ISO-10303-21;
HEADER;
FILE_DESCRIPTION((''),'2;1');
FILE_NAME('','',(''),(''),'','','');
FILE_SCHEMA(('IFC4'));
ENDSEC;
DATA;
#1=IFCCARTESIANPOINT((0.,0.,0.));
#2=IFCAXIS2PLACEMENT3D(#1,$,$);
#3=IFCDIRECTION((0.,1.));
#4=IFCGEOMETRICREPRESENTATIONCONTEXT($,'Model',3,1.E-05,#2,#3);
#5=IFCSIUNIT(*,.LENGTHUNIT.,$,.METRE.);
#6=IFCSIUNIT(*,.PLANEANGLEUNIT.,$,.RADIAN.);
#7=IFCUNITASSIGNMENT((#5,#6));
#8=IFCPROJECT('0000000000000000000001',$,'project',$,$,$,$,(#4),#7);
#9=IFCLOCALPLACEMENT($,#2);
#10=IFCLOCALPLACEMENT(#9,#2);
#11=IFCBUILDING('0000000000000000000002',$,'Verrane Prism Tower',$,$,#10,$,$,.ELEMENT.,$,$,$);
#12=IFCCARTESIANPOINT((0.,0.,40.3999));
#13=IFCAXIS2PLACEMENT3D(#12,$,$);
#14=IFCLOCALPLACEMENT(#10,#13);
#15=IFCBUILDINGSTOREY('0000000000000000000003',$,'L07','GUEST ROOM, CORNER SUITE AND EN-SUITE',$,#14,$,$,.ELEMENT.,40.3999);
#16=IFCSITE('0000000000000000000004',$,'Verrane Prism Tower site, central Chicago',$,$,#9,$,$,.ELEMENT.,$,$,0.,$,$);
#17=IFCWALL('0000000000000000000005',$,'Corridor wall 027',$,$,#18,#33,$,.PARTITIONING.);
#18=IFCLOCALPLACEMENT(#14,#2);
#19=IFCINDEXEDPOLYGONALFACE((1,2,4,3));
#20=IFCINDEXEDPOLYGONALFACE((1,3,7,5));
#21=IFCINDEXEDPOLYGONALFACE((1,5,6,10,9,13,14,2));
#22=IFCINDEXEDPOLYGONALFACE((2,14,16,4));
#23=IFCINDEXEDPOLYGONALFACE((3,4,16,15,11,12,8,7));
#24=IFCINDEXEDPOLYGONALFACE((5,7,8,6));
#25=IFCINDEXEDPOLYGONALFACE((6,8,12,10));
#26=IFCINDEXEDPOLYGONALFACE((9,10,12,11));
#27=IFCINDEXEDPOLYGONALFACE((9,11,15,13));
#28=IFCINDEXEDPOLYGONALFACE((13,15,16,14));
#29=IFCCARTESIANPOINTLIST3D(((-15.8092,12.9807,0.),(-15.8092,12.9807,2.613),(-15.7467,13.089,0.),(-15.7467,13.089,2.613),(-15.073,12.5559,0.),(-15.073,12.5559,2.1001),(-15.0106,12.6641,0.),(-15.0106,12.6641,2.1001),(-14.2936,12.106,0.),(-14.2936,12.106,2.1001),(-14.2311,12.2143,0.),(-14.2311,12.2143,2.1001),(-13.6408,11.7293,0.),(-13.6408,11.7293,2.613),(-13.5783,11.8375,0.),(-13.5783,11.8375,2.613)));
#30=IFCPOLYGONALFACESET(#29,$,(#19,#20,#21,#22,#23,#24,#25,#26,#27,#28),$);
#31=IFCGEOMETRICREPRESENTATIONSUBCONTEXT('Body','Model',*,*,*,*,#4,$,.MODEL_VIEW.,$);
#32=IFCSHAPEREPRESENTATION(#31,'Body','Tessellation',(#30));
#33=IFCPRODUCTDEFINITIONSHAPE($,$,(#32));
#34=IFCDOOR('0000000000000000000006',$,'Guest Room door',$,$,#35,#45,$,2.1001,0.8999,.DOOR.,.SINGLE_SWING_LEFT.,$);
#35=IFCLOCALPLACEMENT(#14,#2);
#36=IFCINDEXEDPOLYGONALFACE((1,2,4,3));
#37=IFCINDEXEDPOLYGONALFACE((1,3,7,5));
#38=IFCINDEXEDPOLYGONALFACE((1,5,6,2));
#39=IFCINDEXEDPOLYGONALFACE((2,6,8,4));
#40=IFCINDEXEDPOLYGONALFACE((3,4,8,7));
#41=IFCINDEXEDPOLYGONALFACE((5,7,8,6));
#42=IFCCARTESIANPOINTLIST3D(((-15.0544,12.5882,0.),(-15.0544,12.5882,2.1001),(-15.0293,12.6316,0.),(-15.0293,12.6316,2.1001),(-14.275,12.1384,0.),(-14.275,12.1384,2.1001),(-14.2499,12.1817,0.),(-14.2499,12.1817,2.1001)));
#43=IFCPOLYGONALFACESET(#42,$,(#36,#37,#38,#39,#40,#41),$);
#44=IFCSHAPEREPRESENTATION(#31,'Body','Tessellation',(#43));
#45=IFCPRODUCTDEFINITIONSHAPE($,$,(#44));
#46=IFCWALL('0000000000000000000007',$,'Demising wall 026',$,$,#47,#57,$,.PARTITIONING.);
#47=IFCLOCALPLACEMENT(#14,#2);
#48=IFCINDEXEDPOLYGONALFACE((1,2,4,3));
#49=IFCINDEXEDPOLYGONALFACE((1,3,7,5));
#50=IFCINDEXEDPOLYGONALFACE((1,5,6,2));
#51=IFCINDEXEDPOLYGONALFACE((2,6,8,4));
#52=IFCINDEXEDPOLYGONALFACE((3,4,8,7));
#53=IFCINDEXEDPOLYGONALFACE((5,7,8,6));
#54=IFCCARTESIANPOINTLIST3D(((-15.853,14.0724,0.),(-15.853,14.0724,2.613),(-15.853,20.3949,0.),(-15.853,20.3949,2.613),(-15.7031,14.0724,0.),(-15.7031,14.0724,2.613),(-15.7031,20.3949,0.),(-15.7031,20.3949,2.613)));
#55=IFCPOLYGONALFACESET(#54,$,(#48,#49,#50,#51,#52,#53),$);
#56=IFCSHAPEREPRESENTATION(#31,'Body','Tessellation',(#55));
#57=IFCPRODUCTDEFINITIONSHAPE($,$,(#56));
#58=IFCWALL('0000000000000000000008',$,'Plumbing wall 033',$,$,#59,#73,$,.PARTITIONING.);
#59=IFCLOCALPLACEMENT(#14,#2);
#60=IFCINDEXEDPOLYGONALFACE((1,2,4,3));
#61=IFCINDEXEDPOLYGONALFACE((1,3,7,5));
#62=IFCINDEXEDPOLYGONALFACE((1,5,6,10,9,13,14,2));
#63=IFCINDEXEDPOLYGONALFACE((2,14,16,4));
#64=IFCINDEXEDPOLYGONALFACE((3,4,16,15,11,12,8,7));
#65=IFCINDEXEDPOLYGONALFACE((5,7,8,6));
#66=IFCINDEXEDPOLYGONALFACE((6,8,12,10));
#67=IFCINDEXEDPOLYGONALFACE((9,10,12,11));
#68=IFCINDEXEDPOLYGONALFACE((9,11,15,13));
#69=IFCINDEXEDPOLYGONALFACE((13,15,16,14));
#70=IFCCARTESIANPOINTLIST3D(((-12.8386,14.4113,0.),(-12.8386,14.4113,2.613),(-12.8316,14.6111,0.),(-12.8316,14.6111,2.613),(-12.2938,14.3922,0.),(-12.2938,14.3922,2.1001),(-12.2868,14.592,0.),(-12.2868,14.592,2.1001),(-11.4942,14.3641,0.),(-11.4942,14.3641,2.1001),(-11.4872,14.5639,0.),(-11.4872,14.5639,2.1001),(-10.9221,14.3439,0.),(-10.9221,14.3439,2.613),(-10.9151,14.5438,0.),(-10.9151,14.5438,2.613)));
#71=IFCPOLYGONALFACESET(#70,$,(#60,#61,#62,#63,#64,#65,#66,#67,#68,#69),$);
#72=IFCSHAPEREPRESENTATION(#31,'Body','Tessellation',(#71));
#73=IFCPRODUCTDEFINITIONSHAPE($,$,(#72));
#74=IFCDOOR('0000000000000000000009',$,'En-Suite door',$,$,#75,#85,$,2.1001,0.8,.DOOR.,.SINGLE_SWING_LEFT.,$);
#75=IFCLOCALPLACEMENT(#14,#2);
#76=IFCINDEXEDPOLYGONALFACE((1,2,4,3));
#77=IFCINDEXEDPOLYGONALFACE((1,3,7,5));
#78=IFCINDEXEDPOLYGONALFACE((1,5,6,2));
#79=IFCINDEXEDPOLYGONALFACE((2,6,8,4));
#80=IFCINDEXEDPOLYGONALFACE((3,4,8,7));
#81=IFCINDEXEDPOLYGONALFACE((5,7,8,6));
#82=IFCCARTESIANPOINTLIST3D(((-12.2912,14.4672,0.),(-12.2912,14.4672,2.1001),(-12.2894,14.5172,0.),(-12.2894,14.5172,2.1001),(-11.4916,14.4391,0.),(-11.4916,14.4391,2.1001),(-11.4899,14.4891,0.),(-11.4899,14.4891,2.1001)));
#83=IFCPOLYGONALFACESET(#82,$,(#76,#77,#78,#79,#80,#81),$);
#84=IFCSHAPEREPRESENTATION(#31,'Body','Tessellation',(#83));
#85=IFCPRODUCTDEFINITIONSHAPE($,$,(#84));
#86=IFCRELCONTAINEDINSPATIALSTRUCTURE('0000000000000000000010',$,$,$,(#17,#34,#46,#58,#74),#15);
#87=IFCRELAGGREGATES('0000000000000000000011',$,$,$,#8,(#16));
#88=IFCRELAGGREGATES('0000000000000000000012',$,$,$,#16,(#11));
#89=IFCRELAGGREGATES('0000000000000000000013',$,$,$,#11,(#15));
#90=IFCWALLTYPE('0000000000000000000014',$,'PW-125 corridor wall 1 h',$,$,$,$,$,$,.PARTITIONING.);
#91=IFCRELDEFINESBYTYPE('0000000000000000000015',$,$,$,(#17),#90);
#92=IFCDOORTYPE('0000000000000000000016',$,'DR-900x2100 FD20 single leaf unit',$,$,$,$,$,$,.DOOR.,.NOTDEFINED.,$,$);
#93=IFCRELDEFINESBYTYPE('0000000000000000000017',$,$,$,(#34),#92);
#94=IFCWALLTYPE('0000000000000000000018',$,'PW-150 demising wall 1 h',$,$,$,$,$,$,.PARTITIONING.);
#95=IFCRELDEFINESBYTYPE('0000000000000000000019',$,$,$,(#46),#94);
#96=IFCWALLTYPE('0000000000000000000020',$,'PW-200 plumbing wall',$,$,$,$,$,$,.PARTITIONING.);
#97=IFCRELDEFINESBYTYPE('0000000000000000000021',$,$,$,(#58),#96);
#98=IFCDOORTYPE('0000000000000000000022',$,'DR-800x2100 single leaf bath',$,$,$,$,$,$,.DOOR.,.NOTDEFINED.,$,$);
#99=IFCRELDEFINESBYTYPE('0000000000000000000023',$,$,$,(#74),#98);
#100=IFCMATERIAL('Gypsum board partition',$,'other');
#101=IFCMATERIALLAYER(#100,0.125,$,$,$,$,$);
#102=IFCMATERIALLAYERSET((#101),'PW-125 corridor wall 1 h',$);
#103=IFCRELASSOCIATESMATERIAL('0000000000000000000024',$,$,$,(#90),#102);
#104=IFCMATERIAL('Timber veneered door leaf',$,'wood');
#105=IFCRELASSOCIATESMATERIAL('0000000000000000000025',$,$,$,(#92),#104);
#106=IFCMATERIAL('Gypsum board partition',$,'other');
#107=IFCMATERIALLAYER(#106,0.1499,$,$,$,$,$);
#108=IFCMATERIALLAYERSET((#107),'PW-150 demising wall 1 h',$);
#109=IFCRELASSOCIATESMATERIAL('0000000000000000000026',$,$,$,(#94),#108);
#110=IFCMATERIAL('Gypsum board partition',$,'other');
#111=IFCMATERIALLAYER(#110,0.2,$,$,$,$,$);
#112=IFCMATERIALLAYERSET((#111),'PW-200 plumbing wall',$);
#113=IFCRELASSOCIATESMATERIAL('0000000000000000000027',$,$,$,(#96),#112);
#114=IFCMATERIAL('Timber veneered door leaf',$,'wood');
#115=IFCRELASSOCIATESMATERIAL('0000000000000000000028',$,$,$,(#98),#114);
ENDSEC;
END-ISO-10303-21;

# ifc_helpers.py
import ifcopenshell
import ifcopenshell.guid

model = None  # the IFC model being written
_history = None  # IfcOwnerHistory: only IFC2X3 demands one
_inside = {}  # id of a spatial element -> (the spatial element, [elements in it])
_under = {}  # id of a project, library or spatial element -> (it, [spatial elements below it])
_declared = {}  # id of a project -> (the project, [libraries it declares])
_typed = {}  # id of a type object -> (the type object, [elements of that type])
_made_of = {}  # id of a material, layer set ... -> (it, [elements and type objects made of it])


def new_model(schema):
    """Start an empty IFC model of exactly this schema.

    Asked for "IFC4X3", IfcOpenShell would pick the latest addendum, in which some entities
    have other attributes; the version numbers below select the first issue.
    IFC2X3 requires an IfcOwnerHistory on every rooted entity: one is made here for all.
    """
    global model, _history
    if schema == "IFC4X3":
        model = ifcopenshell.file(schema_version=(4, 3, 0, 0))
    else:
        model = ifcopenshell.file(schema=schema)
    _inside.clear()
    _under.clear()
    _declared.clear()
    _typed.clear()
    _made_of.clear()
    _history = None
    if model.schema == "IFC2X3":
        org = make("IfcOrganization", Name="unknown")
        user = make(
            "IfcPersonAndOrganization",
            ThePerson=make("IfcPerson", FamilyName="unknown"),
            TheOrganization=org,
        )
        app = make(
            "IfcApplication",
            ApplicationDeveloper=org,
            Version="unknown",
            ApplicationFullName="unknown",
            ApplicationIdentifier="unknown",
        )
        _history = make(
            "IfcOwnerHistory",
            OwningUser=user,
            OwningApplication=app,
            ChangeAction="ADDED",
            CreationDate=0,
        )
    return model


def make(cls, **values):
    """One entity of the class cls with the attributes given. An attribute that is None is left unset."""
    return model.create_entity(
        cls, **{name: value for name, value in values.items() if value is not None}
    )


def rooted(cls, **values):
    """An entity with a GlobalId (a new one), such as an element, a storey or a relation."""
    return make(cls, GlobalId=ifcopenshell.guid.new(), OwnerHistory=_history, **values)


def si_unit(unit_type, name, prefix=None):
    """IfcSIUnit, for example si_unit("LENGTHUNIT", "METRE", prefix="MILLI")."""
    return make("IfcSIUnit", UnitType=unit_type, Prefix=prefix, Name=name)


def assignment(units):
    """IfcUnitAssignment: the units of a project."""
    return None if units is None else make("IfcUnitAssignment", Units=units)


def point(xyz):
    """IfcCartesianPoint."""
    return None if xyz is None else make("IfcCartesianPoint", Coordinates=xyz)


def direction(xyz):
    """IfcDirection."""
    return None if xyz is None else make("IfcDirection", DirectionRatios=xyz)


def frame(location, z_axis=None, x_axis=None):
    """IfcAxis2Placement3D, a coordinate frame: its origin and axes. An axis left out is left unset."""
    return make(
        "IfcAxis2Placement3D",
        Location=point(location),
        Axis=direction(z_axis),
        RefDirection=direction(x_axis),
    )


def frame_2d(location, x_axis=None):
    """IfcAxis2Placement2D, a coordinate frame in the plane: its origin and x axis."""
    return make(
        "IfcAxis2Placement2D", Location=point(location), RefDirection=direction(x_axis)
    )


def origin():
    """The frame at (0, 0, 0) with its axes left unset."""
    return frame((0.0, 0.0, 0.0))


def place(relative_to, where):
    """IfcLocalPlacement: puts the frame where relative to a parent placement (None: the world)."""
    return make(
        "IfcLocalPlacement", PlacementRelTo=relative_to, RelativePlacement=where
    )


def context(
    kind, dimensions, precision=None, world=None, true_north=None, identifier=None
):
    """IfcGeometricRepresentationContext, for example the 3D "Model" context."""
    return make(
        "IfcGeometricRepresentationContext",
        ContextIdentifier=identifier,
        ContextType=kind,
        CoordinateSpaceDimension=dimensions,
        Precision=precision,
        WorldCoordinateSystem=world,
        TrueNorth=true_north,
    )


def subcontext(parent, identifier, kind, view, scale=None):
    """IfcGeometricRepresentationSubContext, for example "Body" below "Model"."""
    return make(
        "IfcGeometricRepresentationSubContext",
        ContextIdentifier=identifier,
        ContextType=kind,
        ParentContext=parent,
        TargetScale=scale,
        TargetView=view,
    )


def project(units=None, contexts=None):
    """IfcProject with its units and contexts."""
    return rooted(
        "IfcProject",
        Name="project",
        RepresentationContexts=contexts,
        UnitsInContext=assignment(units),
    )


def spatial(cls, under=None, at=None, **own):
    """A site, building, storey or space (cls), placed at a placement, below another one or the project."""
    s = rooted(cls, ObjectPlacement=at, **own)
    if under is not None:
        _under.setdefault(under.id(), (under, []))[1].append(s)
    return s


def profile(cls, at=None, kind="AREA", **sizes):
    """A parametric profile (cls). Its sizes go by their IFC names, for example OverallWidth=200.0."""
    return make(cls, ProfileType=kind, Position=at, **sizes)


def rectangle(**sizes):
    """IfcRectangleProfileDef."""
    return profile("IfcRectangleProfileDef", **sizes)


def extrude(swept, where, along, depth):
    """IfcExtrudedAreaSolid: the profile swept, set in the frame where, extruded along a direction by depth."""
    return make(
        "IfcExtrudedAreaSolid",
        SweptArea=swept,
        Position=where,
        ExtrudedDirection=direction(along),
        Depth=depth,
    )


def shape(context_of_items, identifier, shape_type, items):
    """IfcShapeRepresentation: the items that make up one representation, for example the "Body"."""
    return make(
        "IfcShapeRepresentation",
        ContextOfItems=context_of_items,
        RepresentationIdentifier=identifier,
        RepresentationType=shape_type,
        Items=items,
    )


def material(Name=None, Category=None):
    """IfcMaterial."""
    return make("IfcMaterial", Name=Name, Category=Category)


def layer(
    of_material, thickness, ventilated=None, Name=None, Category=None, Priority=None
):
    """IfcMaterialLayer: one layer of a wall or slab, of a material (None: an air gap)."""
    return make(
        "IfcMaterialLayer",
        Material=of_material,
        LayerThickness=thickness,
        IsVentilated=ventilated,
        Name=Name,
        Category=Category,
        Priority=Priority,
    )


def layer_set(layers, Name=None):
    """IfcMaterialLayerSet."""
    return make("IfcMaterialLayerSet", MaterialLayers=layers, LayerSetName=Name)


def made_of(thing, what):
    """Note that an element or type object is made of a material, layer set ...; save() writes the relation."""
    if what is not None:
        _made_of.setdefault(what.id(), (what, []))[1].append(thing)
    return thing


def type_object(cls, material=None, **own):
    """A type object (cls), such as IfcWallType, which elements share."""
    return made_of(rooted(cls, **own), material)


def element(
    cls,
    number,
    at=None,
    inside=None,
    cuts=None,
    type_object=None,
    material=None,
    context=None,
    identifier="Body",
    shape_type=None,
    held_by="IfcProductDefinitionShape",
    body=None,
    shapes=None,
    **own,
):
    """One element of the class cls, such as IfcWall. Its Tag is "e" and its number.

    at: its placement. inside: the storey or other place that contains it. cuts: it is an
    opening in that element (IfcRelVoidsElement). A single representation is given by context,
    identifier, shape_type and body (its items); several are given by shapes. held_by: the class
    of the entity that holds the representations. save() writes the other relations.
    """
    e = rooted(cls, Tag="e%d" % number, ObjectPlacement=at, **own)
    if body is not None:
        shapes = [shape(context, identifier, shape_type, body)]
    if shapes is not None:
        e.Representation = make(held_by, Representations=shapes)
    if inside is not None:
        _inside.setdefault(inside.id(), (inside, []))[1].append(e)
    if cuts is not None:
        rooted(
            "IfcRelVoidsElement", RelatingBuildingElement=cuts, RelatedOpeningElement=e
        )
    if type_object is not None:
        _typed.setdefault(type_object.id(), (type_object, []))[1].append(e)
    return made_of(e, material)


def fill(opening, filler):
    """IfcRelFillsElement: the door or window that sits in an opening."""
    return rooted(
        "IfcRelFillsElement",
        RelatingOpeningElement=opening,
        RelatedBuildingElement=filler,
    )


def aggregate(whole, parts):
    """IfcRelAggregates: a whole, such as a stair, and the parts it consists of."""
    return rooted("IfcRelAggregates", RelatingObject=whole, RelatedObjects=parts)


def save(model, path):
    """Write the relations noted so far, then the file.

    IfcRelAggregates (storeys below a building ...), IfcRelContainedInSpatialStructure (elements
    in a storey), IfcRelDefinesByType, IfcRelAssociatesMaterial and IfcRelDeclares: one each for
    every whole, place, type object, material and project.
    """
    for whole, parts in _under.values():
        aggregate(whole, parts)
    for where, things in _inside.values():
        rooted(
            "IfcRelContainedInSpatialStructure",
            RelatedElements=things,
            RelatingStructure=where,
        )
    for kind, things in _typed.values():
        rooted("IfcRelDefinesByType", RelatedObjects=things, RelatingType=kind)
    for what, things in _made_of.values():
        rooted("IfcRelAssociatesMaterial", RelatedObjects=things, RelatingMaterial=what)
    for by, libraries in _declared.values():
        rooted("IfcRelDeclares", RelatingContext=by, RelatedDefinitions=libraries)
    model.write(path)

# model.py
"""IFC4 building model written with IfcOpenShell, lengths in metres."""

from ifc_helpers import new_model, si_unit, direction, frame, frame_2d, origin, place, context, subcontext, project, spatial, rectangle, extrude, material, layer, layer_set, type_object, element, fill, save


model = new_model("IFC4")

# Units and contexts
model_context = context("Model", 3, precision=1e-05, world=origin(), true_north=direction((0.0, 1.0)))
body_context = subcontext(model_context, "Body", "Model", "MODEL_VIEW")
ifc_project = project(units=[si_unit("LENGTHUNIT", "METRE"), si_unit("PLANEANGLEUNIT", "RADIAN")], contexts=[model_context])

# Site, building, storey
site_placement = place(None, origin())
site = spatial("IfcSite", under=ifc_project, at=site_placement, Name="Verrane Prism Tower site, central Chicago", CompositionType="ELEMENT", RefElevation=0.0)
building_placement = place(site_placement, origin())
building = spatial("IfcBuilding", under=site, at=building_placement, Name="Verrane Prism Tower", CompositionType="ELEMENT")
storey_placement = place(building_placement, frame((0.0, 0.0, 40.3999)))
storey = spatial("IfcBuildingStorey", under=building, at=storey_placement, Name="L07", Description="GUEST ROOM, CORNER SUITE AND EN-SUITE", CompositionType="ELEMENT", Elevation=40.3999)

# Shared definitions
ifc_material_1 = material(Name="Gypsum board partition", Category="other")
ifc_layer_1 = layer(ifc_material_1, 0.125)
ifc_layer_set_1 = layer_set([ifc_layer_1], Name="PW-125 corridor wall 1 h")
wall_type_1 = type_object("IfcWallType", Name="PW-125 corridor wall 1 h", PredefinedType="PARTITIONING", material=ifc_layer_set_1)

# Wall, opening, door
wall_1_placement = place(storey_placement, frame((-15.7781, 13.0349, 0.0), z_axis=(0.0, 0.0, 1.0), x_axis=(0.866111, -0.499852, 0.0)))
wall_1 = element("IfcWall", 1, at=wall_1_placement, inside=storey, type_object=wall_type_1, Name="Corridor wall 027", PredefinedType="PARTITIONING", context=body_context, shape_type="SweptSolid", body=[
    extrude(rectangle(XDim=2.5037, YDim=0.125, at=frame_2d((1.252, 0.0))), origin(), (0.0, 0.0, 1.0), 2.613),
])
opening_1_placement = place(wall_1_placement, frame((0.8501, 0.0, 0.0)))
opening_1 = element("IfcOpeningElement", 2, at=opening_1_placement, cuts=wall_1, PredefinedType="OPENING", context=body_context, shape_type="SweptSolid", body=[
    extrude(rectangle(XDim=0.8999, YDim=2.1001, at=frame_2d((0.45, 1.05))), frame((0.0, 0.0725, 0.0), z_axis=(0.0, -1.0, 0.0), x_axis=(1.0, 0.0, 0.0)), (0.0, 0.0, 1.0), 0.145),
])
ifc_material_2 = material(Name="Timber veneered door leaf", Category="wood")
door_type_1 = type_object("IfcDoorType", Name="DR-900x2100 FD20 single leaf unit", OperationType="NOTDEFINED", PredefinedType="DOOR", material=ifc_material_2)
door_1_placement = place(opening_1_placement, origin())
door_1 = element("IfcDoor", 3, at=door_1_placement, inside=storey, type_object=door_type_1, Name="Guest Room door", OperationType="SINGLE_SWING_LEFT", OverallHeight=2.1001, OverallWidth=0.8999, PredefinedType="DOOR", context=body_context, shape_type="SweptSolid", body=[
    extrude(rectangle(XDim=0.8999, YDim=2.1001, at=frame_2d((0.45, 1.05))), frame((0.0, 0.0249, 0.0), z_axis=(0.0, -1.0, 0.0), x_axis=(1.0, 0.0, 0.0)), (0.0, 0.0, 1.0), 0.05),
])
fill(opening_1, door_1)

# Wall
ifc_material_3 = material(Name="Gypsum board partition", Category="other")
ifc_layer_2 = layer(ifc_material_3, 0.1499)
ifc_layer_set_2 = layer_set([ifc_layer_2], Name="PW-150 demising wall 1 h")
wall_type_2 = type_object("IfcWallType", Name="PW-150 demising wall 1 h", PredefinedType="PARTITIONING", material=ifc_layer_set_2)
wall_2_placement = place(storey_placement, frame((-15.7781, 14.0725, 0.0), z_axis=(0.0, 0.0, 1.0), x_axis=(0.0, 1.0, 0.0)))
element("IfcWall", 4, at=wall_2_placement, inside=storey, type_object=wall_type_2, Name="Demising wall 026", PredefinedType="PARTITIONING", context=body_context, shape_type="SweptSolid", body=[
    extrude(rectangle(XDim=6.3225, YDim=0.1499, at=frame_2d((3.1611, 0.0))), origin(), (0.0, 0.0, 1.0), 2.613),
])

# Wall, opening, door
ifc_material_4 = material(Name="Gypsum board partition", Category="other")
ifc_layer_3 = layer(ifc_material_4, 0.2)
ifc_layer_set_3 = layer_set([ifc_layer_3], Name="PW-200 plumbing wall")
wall_type_3 = type_object("IfcWallType", Name="PW-200 plumbing wall", PredefinedType="PARTITIONING", material=ifc_layer_set_3)
wall_3_placement = place(storey_placement, frame((-10.9185, 14.4438, 0.0), z_axis=(0.0, 0.0, 1.0), x_axis=(-0.999382, 0.035138, 0.0)))
wall_3 = element("IfcWall", 5, at=wall_3_placement, inside=storey, type_object=wall_type_3, Name="Plumbing wall 033", PredefinedType="PARTITIONING", context=body_context, shape_type="SweptSolid", body=[
    extrude(rectangle(XDim=1.9177, YDim=0.2, at=frame_2d((0.959, 0.0))), origin(), (0.0, 0.0, 1.0), 2.613),
])
opening_2_placement = place(wall_3_placement, frame((0.5728, 0.0, 0.0)))
opening_2 = element("IfcOpeningElement", 6, at=opening_2_placement, cuts=wall_3, PredefinedType="OPENING", context=body_context, shape_type="SweptSolid", body=[
    extrude(rectangle(XDim=0.8, YDim=2.1001, at=frame_2d((0.3999, 1.05))), frame((0.0, 0.1099, 0.0), z_axis=(0.0, -1.0, 0.0), x_axis=(1.0, 0.0, 0.0)), (0.0, 0.0, 1.0), 0.22),
])
ifc_material_5 = material(Name="Timber veneered door leaf", Category="wood")
door_type_2 = type_object("IfcDoorType", Name="DR-800x2100 single leaf bath", OperationType="NOTDEFINED", PredefinedType="DOOR", material=ifc_material_5)
door_2_placement = place(opening_2_placement, origin())
door_2 = element("IfcDoor", 7, at=door_2_placement, inside=storey, type_object=door_type_2, Name="En-Suite door", OperationType="SINGLE_SWING_LEFT", OverallHeight=2.1001, OverallWidth=0.8, PredefinedType="DOOR", context=body_context, shape_type="SweptSolid", body=[
    extrude(rectangle(XDim=0.8, YDim=2.1001, at=frame_2d((0.3999, 1.05))), frame((0.0, 0.0249, 0.0), z_axis=(0.0, -1.0, 0.0), x_axis=(1.0, 0.0, 0.0)), (0.0, 0.0, 1.0), 0.05),
])
fill(opening_2, door_2)

save(model, "model.ifc")
